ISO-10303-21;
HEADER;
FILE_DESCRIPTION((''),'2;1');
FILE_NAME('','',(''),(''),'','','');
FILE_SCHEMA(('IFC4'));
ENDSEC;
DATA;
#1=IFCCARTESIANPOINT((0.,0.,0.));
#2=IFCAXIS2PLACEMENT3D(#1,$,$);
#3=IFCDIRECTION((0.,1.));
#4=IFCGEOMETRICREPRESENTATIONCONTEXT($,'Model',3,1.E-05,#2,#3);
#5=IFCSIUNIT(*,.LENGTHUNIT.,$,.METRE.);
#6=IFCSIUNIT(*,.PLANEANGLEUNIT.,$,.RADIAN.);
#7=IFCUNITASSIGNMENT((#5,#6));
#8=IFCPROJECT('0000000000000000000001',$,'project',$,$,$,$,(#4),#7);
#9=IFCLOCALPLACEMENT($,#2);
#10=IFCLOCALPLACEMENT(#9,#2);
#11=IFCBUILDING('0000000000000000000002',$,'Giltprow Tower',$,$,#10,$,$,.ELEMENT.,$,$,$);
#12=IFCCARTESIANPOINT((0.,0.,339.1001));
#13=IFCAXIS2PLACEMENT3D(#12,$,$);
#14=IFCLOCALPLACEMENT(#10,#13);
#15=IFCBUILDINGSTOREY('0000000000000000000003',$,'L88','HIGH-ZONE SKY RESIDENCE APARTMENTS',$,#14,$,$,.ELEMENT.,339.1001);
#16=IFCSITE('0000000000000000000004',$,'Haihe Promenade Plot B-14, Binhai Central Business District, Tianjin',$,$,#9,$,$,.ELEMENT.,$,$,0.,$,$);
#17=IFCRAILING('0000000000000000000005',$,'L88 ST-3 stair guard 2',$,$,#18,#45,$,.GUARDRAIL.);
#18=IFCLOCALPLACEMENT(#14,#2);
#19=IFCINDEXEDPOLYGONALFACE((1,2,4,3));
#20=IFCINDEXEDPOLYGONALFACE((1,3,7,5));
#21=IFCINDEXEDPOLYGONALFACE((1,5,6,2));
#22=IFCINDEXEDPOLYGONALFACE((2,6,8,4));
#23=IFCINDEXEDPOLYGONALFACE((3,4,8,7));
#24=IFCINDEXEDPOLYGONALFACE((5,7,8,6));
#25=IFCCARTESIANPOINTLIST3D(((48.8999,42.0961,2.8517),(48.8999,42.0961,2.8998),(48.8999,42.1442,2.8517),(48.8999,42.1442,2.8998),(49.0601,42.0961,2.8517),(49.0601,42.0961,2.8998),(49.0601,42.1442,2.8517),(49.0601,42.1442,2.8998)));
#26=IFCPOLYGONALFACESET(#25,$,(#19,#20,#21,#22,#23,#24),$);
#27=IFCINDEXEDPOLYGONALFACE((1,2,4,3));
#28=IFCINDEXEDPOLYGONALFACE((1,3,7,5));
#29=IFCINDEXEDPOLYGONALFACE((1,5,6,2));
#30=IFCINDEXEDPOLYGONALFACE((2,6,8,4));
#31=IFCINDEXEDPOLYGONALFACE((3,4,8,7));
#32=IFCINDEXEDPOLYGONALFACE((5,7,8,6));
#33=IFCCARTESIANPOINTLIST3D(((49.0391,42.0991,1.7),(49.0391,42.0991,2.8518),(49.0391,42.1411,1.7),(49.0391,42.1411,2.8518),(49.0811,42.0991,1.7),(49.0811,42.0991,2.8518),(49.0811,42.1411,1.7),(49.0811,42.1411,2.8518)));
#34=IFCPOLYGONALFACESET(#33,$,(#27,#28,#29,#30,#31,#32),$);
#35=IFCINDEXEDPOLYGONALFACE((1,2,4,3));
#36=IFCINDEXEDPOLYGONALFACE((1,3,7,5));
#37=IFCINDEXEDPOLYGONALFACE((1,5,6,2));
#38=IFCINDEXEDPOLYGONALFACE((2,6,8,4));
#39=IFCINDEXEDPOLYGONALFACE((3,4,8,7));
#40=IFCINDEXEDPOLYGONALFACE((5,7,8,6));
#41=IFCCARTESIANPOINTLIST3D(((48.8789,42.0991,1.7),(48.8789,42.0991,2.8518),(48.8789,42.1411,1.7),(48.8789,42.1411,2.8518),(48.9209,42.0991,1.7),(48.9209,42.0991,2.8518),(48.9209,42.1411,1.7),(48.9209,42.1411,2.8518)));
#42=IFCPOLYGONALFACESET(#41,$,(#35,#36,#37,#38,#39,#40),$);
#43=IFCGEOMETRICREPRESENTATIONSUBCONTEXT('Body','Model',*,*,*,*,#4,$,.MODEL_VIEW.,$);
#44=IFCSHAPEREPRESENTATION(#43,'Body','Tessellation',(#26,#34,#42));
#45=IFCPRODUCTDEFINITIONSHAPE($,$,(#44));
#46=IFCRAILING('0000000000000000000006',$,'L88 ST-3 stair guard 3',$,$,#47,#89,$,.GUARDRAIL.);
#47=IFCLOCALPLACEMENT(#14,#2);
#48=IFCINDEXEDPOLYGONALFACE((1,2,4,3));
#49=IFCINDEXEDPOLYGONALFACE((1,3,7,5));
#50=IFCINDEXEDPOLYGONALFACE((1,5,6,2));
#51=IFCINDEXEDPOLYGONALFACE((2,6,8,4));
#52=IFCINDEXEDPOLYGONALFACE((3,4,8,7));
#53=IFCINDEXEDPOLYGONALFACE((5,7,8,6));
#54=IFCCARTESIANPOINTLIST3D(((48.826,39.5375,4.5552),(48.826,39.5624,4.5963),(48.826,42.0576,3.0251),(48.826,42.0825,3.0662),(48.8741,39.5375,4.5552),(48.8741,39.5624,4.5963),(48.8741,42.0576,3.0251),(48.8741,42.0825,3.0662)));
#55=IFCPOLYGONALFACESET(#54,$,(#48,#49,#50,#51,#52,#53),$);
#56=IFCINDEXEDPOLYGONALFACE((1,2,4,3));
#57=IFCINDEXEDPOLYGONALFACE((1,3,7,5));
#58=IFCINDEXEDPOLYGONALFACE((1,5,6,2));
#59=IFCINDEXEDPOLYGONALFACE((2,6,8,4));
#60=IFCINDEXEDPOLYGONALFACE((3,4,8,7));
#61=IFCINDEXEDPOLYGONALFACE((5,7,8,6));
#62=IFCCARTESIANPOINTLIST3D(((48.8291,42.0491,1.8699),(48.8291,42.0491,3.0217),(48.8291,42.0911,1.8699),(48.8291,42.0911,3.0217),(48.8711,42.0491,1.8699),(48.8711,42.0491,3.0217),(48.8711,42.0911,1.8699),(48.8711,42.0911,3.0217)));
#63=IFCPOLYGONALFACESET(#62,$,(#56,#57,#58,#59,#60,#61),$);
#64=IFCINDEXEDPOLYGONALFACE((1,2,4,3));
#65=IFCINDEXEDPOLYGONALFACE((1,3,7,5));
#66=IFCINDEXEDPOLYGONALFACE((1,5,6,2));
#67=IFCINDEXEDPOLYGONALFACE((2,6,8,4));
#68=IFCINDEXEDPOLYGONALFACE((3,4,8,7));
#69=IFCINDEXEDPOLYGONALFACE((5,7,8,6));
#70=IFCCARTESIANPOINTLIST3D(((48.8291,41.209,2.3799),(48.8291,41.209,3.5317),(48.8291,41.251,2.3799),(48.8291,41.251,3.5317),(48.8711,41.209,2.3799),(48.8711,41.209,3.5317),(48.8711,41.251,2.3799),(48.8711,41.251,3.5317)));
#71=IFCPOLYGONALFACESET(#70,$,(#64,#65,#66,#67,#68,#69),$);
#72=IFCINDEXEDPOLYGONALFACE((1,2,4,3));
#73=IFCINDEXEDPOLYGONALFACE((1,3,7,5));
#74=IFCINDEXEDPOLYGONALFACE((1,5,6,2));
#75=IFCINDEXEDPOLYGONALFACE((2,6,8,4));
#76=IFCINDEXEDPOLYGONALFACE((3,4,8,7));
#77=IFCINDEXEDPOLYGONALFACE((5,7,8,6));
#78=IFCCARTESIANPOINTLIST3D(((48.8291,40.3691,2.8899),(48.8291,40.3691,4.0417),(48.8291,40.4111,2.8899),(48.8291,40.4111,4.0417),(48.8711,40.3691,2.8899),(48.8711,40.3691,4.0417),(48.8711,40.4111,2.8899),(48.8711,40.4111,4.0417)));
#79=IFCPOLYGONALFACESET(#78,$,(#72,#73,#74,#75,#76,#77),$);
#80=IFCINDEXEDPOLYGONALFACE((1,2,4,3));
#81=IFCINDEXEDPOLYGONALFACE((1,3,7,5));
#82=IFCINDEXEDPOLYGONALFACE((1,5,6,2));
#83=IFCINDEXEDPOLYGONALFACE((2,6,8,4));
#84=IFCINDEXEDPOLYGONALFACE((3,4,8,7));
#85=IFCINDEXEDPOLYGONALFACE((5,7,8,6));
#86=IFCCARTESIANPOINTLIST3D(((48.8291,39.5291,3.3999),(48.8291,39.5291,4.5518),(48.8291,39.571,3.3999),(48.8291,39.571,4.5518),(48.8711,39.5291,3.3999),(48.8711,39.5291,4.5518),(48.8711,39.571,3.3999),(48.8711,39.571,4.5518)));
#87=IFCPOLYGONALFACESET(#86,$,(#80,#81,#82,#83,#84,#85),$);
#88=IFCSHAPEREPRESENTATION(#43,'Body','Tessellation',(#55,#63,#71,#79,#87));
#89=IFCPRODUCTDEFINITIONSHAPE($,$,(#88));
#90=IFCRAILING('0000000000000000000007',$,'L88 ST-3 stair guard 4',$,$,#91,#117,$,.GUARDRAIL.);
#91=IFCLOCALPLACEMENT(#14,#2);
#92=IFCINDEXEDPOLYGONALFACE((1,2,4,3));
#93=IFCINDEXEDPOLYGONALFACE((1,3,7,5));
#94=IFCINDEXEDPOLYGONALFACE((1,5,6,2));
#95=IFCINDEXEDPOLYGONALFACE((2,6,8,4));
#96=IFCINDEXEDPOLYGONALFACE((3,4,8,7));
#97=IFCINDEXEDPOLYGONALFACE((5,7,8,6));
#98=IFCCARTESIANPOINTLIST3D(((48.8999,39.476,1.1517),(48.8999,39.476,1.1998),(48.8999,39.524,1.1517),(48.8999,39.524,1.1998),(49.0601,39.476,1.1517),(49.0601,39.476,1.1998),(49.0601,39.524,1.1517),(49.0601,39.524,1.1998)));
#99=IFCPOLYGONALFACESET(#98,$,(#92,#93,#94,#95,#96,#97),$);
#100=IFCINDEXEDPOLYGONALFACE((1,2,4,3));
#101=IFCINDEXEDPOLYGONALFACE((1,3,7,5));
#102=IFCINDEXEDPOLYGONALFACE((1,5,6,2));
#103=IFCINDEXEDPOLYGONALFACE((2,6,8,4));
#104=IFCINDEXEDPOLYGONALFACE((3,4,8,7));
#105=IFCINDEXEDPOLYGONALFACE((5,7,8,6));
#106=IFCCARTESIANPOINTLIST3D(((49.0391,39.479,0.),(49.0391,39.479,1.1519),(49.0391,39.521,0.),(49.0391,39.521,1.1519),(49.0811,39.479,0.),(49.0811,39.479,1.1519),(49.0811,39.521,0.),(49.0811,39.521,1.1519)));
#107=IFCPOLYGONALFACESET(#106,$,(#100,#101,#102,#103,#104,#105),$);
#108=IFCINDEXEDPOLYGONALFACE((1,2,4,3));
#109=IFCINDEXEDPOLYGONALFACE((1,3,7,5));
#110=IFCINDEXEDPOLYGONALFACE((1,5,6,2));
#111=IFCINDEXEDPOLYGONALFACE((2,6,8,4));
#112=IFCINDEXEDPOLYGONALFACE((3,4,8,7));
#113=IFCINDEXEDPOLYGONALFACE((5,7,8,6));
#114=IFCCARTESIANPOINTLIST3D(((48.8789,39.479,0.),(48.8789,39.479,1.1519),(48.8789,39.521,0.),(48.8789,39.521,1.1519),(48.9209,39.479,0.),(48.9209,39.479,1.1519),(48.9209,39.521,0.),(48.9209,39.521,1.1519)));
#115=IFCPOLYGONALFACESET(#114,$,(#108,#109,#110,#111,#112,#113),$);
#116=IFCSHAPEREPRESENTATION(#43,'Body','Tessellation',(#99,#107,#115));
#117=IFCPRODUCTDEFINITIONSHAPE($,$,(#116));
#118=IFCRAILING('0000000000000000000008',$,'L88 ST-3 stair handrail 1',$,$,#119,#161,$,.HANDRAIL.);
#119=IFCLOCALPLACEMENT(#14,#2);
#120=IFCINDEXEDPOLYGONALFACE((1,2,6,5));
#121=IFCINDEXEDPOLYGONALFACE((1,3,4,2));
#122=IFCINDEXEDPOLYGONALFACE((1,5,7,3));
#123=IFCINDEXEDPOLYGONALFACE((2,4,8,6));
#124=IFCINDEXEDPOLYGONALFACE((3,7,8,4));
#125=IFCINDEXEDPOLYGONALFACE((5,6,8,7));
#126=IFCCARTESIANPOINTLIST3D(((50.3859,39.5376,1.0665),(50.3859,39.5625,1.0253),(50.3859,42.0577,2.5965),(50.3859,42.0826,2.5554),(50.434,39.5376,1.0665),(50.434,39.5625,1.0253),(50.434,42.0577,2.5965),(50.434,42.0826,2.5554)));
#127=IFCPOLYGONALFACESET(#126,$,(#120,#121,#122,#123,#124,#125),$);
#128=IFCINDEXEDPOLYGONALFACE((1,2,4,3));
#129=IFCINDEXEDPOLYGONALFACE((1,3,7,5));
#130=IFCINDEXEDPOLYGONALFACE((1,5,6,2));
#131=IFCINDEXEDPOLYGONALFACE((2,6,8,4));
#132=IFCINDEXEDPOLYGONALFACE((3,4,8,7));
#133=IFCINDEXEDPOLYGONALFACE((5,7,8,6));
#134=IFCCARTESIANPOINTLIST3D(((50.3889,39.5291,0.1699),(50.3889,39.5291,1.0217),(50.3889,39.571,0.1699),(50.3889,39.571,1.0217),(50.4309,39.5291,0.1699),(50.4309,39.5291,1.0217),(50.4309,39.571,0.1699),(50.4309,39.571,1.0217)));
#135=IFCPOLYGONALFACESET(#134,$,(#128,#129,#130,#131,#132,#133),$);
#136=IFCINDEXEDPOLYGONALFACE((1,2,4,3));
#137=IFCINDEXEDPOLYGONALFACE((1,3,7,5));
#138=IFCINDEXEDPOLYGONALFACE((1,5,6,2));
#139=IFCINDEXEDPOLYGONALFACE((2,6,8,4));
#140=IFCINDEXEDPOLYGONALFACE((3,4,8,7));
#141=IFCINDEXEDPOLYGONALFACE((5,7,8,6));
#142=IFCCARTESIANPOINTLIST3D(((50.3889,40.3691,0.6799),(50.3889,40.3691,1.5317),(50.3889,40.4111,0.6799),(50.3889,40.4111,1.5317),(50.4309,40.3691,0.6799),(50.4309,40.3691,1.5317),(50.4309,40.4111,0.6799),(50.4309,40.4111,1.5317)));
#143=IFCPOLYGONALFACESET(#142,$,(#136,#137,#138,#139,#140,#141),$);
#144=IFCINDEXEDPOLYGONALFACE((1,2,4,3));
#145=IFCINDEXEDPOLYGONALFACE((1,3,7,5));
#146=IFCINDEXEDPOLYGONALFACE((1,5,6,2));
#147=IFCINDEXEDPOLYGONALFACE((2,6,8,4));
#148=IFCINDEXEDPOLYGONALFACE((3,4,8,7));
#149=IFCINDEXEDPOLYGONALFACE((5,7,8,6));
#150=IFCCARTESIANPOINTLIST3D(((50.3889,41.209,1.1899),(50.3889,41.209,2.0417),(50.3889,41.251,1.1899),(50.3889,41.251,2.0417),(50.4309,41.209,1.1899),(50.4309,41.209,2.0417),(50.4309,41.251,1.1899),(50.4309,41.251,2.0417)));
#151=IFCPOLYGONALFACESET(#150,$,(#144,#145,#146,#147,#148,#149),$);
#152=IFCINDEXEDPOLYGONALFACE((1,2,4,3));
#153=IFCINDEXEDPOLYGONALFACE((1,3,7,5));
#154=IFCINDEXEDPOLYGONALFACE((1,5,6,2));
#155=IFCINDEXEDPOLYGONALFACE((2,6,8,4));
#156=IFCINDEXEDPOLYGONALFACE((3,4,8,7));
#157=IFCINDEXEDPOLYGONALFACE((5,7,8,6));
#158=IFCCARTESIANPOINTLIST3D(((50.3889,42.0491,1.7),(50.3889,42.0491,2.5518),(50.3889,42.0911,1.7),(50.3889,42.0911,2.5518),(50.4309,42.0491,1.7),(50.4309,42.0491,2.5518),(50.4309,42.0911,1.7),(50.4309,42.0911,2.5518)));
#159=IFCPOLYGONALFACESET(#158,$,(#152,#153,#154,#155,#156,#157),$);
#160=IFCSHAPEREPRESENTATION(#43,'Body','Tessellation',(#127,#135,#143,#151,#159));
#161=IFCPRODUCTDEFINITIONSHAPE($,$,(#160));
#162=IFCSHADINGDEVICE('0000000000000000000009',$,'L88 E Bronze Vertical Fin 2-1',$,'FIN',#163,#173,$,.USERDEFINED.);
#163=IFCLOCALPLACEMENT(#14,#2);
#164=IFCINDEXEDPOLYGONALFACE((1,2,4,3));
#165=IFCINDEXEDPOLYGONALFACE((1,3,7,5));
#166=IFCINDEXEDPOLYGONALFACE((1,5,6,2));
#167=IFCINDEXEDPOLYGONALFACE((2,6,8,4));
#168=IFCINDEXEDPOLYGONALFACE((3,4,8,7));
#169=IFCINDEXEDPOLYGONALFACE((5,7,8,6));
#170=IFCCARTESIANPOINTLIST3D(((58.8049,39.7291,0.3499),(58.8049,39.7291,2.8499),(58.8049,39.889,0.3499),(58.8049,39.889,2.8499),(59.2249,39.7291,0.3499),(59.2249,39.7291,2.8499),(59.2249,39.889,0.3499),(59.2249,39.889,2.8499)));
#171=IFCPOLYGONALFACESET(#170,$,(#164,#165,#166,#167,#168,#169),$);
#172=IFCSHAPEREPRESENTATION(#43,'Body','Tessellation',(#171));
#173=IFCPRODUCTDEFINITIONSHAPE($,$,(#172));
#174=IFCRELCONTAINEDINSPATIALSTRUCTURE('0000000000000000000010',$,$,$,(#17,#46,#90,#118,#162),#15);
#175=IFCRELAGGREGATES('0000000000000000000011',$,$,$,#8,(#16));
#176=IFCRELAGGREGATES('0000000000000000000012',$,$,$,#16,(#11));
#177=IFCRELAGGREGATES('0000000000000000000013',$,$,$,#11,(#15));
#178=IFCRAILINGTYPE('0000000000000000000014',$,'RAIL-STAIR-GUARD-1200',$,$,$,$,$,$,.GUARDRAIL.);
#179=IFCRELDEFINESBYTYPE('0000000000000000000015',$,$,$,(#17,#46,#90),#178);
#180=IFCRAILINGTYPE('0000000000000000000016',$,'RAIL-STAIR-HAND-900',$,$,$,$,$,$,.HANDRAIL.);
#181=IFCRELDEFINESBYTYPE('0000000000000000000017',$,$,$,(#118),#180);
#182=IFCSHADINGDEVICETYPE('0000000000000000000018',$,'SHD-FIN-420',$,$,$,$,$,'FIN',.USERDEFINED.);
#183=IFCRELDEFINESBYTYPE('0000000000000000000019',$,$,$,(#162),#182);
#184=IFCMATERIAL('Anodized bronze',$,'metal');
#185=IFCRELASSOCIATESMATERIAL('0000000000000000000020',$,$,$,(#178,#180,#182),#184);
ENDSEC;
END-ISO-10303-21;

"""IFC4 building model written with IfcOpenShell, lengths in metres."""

from ifc_helpers import new_model, si_unit, direction, frame, origin, origin_2d, place, context, subcontext, project, spatial, rectangle, extrude, source, transform, mapped, material, type_object, element, save


model = new_model("IFC4")

# Units and contexts
model_context = context("Model", 3, precision=1e-05, world=origin(), true_north=direction((0.0, 1.0)))
body_context = subcontext(model_context, "Body", "Model", "MODEL_VIEW")
ifc_project = project(units=[si_unit("LENGTHUNIT", "METRE"), si_unit("PLANEANGLEUNIT", "RADIAN")], contexts=[model_context])

# Site, building, storey
site_placement = place(None, origin())
site = spatial("IfcSite", under=ifc_project, at=site_placement, Name="Haihe Promenade Plot B-14, Binhai Central Business District, Tianjin", CompositionType="ELEMENT", RefElevation=0.0)
building_placement = place(site_placement, origin())
building = spatial("IfcBuilding", under=site, at=building_placement, Name="Giltprow Tower", CompositionType="ELEMENT")
storey_placement = place(building_placement, frame((0.0, 0.0, 339.1001)))
storey = spatial("IfcBuildingStorey", under=building, at=storey_placement, Name="L88", Description="HIGH-ZONE SKY RESIDENCE APARTMENTS", CompositionType="ELEMENT", Elevation=339.1001)

# Railings
ifc_material_1 = material(Name="Anodized bronze", Category="metal")
railing_type_1 = type_object("IfcRailingType", Name="RAIL-STAIR-GUARD-1200", PredefinedType="GUARDRAIL", material=ifc_material_1)
railing_1_placement = place(storey_placement, frame((49.0601, 42.1201, 1.7)))
element("IfcRailing", 1, at=railing_1_placement, inside=storey, type_object=railing_type_1, Name="L88 ST-3 stair guard 2", PredefinedType="GUARDRAIL", context=body_context, shape_type="SweptSolid", body=[
    extrude(rectangle(XDim=0.0481, YDim=0.0481, at=origin_2d()), frame((0.0, 0.0, 1.1758), z_axis=(-1.0, 0.0, 0.0), x_axis=(0.0, -1.0, 0.0)), (0.0, 0.0, 1.0), 0.1602),
    extrude(rectangle(XDim=0.042, YDim=0.042, at=origin_2d()), origin(), (0.0, 0.0, 1.0), 1.1519),
    extrude(rectangle(XDim=0.042, YDim=0.042, at=origin_2d()), frame((-0.1602, 0.0, 0.0)), (0.0, 0.0, 1.0), 1.1519),
])
railing_2_placement = place(storey_placement, frame((48.8501, 42.0701, 1.8699)))
element("IfcRailing", 2, at=railing_2_placement, inside=storey, type_object=railing_type_1, Name="L88 ST-3 stair guard 3", PredefinedType="GUARDRAIL", context=body_context, shape_type="SweptSolid", body=[
    extrude(rectangle(XDim=0.0481, YDim=0.0481, at=origin_2d()), frame((0.0, 0.0, 1.1758), z_axis=(0.0, -0.854785, 0.518982), x_axis=(1.0, 0.0, 0.0)), (0.0, 0.0, 1.0), 2.9482),
    extrude(rectangle(XDim=0.042, YDim=0.042, at=origin_2d()), origin(), (0.0, 0.0, 1.0), 1.1519),
    extrude(rectangle(XDim=0.042, YDim=0.042, at=origin_2d()), frame((0.0, -0.8401, 0.51)), (0.0, 0.0, 1.0), 1.1519),
    extrude(rectangle(XDim=0.042, YDim=0.042, at=origin_2d()), frame((0.0, -1.6799, 1.02)), (0.0, 0.0, 1.0), 1.1519),
    extrude(rectangle(XDim=0.042, YDim=0.042, at=origin_2d()), frame((0.0, -2.52, 1.53)), (0.0, 0.0, 1.0), 1.1519),
])
railing_3_placement = place(storey_placement, frame((49.0601, 39.5, 0.0)))
element("IfcRailing", 3, at=railing_3_placement, inside=storey, type_object=railing_type_1, Name="L88 ST-3 stair guard 4", PredefinedType="GUARDRAIL", context=body_context, shape_type="SweptSolid", body=[
    extrude(rectangle(XDim=0.0481, YDim=0.0481, at=origin_2d()), frame((0.0, 0.0, 1.1758), z_axis=(-1.0, 0.0, 0.0), x_axis=(0.0, -1.0, 0.0)), (0.0, 0.0, 1.0), 0.1602),
    extrude(rectangle(XDim=0.042, YDim=0.042, at=origin_2d()), origin(), (0.0, 0.0, 1.0), 1.1519),
    extrude(rectangle(XDim=0.042, YDim=0.042, at=origin_2d()), frame((-0.1602, 0.0, 0.0)), (0.0, 0.0, 1.0), 1.1519),
])
railing_type_2 = type_object("IfcRailingType", Name="RAIL-STAIR-HAND-900", PredefinedType="HANDRAIL", material=ifc_material_1)
railing_4_placement = place(storey_placement, frame((50.4099, 39.55, 0.1699)))
element("IfcRailing", 4, at=railing_4_placement, inside=storey, type_object=railing_type_2, Name="L88 ST-3 stair handrail 1", PredefinedType="HANDRAIL", context=body_context, shape_type="SweptSolid", body=[
    extrude(rectangle(XDim=0.0481, YDim=0.0481, at=origin_2d()), frame((0.0, 0.0, 0.876), z_axis=(0.0, 0.854785, 0.518982), x_axis=(-1.0, 0.0, 0.0)), (0.0, 0.0, 1.0), 2.9482),
    extrude(rectangle(XDim=0.042, YDim=0.042, at=origin_2d()), origin(), (0.0, 0.0, 1.0), 0.8518),
    extrude(rectangle(XDim=0.042, YDim=0.042, at=origin_2d()), frame((0.0, 0.8401, 0.51)), (0.0, 0.0, 1.0), 0.8518),
    extrude(rectangle(XDim=0.042, YDim=0.042, at=origin_2d()), frame((0.0, 1.6799, 1.02)), (0.0, 0.0, 1.0), 0.8518),
    extrude(rectangle(XDim=0.042, YDim=0.042, at=origin_2d()), frame((0.0, 2.52, 1.53)), (0.0, 0.0, 1.0), 0.8518),
])

# Shading device
shading_device_type = type_object("IfcShadingDeviceType", Name="SHD-FIN-420", ElementType="FIN", PredefinedType="USERDEFINED", material=ifc_material_1)
shared_shape_1 = source(origin(), body_context, "Body", "SweptSolid", [
    extrude(rectangle(XDim=0.4199, YDim=0.1599, at=origin_2d()), origin(), (0.0, 0.0, 1.0), 2.5),
])
shading_device_placement = place(storey_placement, frame((59.0149, 39.8091, 0.3499), z_axis=(0.0, 0.0, 1.0), x_axis=(1.0, 0.0, 0.0)))
element("IfcShadingDevice", 5, at=shading_device_placement, inside=storey, type_object=shading_device_type, Name="L88 E Bronze Vertical Fin 2-1", ObjectType="FIN", PredefinedType="USERDEFINED", context=body_context, shape_type="MappedRepresentation", body=[
    mapped(shared_shape_1, transform((0.0, 0.0, 0.0), x_axis=(1.0, 0.0, 0.0), y_axis=(0.0, 1.0, 0.0), z_axis=(0.0, 0.0, 1.0), scale=1.0)),
])

save(model, "model.ifc")
